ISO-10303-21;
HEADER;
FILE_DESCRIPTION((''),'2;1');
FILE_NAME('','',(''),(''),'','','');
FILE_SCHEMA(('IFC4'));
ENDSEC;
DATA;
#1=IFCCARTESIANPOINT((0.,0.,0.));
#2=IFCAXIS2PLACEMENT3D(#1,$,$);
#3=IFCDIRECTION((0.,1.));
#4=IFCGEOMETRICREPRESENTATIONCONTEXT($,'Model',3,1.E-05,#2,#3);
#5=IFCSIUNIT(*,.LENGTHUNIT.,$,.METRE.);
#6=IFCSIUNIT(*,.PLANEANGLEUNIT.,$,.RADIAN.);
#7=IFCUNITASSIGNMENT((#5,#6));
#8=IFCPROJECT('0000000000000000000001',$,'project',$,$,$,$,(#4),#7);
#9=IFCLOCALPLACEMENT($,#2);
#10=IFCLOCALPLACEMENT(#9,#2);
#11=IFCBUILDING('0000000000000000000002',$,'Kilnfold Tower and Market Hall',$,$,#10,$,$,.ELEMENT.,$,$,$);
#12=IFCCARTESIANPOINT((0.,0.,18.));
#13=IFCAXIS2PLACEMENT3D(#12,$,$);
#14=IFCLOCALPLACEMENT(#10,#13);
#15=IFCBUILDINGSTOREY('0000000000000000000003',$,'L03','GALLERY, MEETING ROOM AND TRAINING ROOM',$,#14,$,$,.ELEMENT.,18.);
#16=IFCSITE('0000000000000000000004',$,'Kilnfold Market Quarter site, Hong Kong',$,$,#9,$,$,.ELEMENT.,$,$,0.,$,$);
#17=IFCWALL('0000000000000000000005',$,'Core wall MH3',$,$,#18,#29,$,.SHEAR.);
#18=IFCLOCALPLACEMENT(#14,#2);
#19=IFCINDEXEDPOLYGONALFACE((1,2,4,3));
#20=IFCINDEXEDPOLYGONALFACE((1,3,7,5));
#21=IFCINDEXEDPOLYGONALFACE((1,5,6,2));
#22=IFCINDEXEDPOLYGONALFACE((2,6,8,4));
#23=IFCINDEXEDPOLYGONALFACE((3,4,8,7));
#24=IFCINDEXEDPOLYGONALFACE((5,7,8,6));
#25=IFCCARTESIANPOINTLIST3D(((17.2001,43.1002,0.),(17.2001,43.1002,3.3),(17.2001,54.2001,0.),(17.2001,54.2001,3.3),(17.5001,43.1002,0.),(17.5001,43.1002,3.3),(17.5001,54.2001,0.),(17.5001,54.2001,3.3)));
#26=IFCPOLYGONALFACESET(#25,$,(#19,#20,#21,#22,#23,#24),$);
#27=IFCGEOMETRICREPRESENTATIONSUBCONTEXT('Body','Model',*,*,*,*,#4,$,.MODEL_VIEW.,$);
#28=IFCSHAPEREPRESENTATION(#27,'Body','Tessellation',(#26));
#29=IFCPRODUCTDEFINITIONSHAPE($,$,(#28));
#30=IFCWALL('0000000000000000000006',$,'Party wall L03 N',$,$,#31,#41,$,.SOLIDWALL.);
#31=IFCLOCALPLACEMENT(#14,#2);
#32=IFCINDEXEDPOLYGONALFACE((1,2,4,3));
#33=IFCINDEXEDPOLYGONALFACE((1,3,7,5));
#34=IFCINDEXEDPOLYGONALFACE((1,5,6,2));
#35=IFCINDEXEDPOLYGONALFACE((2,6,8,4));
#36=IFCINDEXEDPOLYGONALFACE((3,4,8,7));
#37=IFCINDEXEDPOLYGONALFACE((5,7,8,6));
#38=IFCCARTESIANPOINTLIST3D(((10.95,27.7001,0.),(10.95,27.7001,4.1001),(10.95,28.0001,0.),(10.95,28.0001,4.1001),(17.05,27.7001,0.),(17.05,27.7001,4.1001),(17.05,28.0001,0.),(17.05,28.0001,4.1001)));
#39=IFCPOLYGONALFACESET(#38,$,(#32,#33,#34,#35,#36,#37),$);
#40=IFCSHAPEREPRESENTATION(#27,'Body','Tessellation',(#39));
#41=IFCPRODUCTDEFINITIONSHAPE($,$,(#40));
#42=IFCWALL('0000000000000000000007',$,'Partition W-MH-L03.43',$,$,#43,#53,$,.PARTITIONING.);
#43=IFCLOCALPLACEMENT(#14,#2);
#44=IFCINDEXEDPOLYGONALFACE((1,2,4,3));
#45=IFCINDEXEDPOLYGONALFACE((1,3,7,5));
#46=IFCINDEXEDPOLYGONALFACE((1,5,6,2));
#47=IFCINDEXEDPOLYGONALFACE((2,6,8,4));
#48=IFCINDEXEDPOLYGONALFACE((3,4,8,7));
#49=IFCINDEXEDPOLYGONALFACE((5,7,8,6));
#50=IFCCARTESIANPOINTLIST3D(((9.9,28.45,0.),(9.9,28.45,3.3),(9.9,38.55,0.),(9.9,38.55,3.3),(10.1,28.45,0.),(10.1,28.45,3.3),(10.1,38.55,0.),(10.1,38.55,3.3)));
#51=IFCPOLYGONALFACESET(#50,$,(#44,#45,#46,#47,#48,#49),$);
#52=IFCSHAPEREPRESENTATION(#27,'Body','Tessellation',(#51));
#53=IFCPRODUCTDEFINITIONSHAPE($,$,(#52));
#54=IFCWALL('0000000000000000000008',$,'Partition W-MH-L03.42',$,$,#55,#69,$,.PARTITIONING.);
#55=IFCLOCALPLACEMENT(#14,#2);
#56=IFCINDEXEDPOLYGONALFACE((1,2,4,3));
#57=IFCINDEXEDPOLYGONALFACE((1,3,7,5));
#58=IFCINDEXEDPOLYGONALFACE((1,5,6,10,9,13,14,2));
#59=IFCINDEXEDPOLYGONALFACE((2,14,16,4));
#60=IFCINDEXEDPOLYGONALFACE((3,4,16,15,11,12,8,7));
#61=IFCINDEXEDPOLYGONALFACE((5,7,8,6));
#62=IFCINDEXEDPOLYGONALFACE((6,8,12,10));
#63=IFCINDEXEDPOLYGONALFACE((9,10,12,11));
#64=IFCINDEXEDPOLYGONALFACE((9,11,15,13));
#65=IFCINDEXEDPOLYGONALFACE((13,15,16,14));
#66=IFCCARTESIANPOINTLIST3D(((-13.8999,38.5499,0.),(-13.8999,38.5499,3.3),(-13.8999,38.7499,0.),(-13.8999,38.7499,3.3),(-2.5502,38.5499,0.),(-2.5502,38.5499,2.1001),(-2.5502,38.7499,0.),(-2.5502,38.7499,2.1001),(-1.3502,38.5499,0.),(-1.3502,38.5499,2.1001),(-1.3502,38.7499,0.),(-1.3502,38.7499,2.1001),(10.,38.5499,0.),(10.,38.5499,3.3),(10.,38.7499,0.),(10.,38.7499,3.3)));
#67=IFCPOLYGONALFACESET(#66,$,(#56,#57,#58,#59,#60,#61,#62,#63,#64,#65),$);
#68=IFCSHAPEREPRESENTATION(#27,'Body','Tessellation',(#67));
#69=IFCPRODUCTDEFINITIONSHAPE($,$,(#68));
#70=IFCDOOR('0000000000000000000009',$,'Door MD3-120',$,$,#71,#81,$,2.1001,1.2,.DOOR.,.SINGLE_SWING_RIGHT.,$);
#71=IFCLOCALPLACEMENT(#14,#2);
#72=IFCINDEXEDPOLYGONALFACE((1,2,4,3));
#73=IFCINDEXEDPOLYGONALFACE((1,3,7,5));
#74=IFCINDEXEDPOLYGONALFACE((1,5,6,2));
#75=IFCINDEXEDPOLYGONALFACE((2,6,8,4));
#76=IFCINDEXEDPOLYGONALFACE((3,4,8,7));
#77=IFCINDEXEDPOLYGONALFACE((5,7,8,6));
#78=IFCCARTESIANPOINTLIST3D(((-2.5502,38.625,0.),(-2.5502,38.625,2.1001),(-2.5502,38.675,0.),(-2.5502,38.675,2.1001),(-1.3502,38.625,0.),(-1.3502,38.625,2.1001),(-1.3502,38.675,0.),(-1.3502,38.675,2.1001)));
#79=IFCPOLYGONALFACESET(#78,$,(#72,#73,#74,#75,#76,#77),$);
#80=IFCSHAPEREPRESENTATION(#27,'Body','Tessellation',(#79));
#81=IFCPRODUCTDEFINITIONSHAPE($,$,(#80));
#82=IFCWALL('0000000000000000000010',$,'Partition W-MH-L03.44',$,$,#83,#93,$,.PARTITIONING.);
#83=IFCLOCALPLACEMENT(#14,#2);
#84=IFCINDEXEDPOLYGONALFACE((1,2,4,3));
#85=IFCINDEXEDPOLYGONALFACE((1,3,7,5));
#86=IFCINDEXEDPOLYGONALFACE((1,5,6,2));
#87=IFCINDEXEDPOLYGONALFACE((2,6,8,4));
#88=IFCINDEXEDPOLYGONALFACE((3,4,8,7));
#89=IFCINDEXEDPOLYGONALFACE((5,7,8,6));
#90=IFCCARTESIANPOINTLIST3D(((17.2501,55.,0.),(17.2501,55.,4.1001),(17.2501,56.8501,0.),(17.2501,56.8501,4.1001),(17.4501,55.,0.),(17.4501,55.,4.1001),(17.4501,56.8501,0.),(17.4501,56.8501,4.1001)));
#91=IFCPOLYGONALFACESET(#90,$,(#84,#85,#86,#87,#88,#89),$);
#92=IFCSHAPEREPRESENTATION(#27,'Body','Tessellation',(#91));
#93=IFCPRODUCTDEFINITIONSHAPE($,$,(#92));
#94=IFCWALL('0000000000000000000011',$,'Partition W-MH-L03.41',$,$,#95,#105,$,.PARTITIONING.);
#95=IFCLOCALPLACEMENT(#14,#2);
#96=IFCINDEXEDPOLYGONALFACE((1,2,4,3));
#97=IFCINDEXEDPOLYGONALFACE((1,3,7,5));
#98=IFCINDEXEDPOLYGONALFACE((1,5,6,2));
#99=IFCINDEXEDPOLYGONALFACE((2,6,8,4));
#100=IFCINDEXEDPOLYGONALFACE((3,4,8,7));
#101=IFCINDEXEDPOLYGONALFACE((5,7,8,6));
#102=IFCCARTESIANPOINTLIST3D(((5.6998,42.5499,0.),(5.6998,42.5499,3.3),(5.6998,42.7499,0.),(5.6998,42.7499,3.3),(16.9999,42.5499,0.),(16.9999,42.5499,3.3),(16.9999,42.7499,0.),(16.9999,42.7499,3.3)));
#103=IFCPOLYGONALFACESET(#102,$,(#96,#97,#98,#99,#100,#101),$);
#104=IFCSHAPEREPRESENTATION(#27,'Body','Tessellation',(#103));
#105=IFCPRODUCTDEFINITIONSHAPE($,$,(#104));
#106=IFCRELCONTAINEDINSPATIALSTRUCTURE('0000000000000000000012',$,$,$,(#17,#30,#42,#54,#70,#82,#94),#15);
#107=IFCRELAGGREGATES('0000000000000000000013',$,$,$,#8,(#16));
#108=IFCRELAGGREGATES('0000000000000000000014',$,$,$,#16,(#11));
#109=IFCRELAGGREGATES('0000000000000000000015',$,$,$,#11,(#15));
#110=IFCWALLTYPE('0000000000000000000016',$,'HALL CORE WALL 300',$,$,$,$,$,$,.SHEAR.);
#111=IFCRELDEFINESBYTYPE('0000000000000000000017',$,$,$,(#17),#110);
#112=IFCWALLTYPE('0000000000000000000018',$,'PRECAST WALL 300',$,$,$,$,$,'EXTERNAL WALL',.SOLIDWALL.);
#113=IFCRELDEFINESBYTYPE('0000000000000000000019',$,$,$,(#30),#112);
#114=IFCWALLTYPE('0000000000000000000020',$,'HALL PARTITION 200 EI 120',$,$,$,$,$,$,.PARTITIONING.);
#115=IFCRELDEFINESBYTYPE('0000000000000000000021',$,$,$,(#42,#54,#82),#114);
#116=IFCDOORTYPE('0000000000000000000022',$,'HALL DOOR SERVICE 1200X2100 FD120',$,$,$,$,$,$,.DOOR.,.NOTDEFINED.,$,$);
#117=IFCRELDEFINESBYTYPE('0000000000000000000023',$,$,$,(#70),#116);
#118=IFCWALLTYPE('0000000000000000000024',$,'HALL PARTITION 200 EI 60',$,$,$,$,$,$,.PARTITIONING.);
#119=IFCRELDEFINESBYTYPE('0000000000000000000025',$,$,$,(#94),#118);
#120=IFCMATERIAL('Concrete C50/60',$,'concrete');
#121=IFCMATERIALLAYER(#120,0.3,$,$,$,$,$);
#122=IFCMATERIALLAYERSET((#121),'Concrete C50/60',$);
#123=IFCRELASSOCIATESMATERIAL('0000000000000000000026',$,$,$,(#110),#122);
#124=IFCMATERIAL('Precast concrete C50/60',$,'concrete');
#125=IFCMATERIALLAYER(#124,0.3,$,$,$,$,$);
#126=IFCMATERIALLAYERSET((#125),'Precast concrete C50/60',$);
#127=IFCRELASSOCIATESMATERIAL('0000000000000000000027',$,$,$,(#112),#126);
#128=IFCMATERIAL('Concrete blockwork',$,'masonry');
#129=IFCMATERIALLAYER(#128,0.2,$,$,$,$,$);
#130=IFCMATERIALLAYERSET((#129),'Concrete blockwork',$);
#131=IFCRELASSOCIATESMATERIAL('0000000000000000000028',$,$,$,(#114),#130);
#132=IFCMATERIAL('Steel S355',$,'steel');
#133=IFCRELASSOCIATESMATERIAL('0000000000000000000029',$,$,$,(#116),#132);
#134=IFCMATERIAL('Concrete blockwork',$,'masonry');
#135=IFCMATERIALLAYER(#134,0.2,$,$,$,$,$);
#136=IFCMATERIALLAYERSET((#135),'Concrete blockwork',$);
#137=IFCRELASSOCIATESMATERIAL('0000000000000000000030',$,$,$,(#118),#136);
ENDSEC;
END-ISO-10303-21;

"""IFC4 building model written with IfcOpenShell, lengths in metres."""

from ifc_helpers import new_model, si_unit, direction, frame, frame_2d, origin, place, context, subcontext, project, spatial, rectangle, extrude, source, transform, mapped, material, layer, layer_set, type_object, element, fill, save


model = new_model("IFC4")

# Units and contexts
model_context = context("Model", 3, precision=1e-05, world=origin(), true_north=direction((0.0, 1.0)))
body_context = subcontext(model_context, "Body", "Model", "MODEL_VIEW")
ifc_project = project(units=[si_unit("LENGTHUNIT", "METRE"), si_unit("PLANEANGLEUNIT", "RADIAN")], contexts=[model_context])

# Site, building, storey
site_placement = place(None, origin())
site = spatial("IfcSite", under=ifc_project, at=site_placement, Name="Kilnfold Market Quarter site, Hong Kong", CompositionType="ELEMENT", RefElevation=0.0)
building_placement = place(site_placement, origin())
building = spatial("IfcBuilding", under=site, at=building_placement, Name="Kilnfold Tower and Market Hall", CompositionType="ELEMENT")
storey_placement = place(building_placement, frame((0.0, 0.0, 18.0)))
storey = spatial("IfcBuildingStorey", under=building, at=storey_placement, Name="L03", Description="GALLERY, MEETING ROOM AND TRAINING ROOM", CompositionType="ELEMENT", Elevation=18.0)

# Walls
ifc_material_1 = material(Name="Concrete C50/60", Category="concrete")
ifc_layer_1 = layer(ifc_material_1, 0.3)
ifc_layer_set_1 = layer_set([ifc_layer_1], Name="Concrete C50/60")
wall_type_1 = type_object("IfcWallType", Name="HALL CORE WALL 300", PredefinedType="SHEAR", material=ifc_layer_set_1)
shared_shape_1 = source(origin(), body_context, "Body", "SweptSolid", [
    extrude(rectangle(XDim=11.0999, YDim=0.3, at=frame_2d((5.5498, 0.0))), origin(), (0.0, 0.0, 1.0), 3.3),
])
wall_1_placement = place(storey_placement, frame((17.3501, 54.2, 0.0), z_axis=(0.0, 0.0, 1.0), x_axis=(0.0, -1.0, 0.0)))
element("IfcWall", 1, at=wall_1_placement, inside=storey, type_object=wall_type_1, Name="Core wall MH3", PredefinedType="SHEAR", context=body_context, shape_type="MappedRepresentation", body=[
    mapped(shared_shape_1, transform((0.0, 0.0, 0.0))),
])
ifc_material_2 = material(Name="Precast concrete C50/60", Category="concrete")
ifc_layer_2 = layer(ifc_material_2, 0.3)
ifc_layer_set_2 = layer_set([ifc_layer_2], Name="Precast concrete C50/60")
wall_type_2 = type_object("IfcWallType", Name="PRECAST WALL 300", ElementType="EXTERNAL WALL", PredefinedType="SOLIDWALL", material=ifc_layer_set_2)
shared_shape_2 = source(origin(), body_context, "Body", "SweptSolid", [
    extrude(rectangle(XDim=6.1001, YDim=0.3, at=frame_2d((3.05, 0.0))), origin(), (0.0, 0.0, 1.0), 4.1001),
])
wall_2_placement = place(storey_placement, frame((17.05, 27.8501, 0.0), z_axis=(0.0, 0.0, 1.0), x_axis=(-1.0, 0.0, 0.0)))
element("IfcWall", 2, at=wall_2_placement, inside=storey, type_object=wall_type_2, Name="Party wall L03 N", PredefinedType="SOLIDWALL", context=body_context, shape_type="MappedRepresentation", body=[
    mapped(shared_shape_2, transform((0.0, 0.0, 0.0))),
])
ifc_material_3 = material(Name="Concrete blockwork", Category="masonry")
ifc_layer_3 = layer(ifc_material_3, 0.2)
ifc_layer_set_3 = layer_set([ifc_layer_3], Name="Concrete blockwork")
wall_type_3 = type_object("IfcWallType", Name="HALL PARTITION 200 EI 120", PredefinedType="PARTITIONING", material=ifc_layer_set_3)
shared_shape_3 = source(origin(), body_context, "Body", "SweptSolid", [
    extrude(rectangle(XDim=10.1001, YDim=0.2, at=frame_2d((5.05, 0.0))), origin(), (0.0, 0.0, 1.0), 3.3),
])
wall_3_placement = place(storey_placement, frame((10.0, 38.55, 0.0), z_axis=(0.0, 0.0, 1.0), x_axis=(0.0, -1.0, 0.0)))
element("IfcWall", 3, at=wall_3_placement, inside=storey, type_object=wall_type_3, Name="Partition W-MH-L03.43", PredefinedType="PARTITIONING", context=body_context, shape_type="MappedRepresentation", body=[
    mapped(shared_shape_3, transform((0.0, 0.0, 0.0))),
])

# Wall, opening, door
shared_shape_4 = source(origin(), body_context, "Body", "SweptSolid", [
    extrude(rectangle(XDim=23.8999, YDim=0.2, at=frame_2d((11.95, 0.0))), origin(), (0.0, 0.0, 1.0), 3.3),
])
wall_4_placement = place(storey_placement, frame((10.0, 38.6499, 0.0), z_axis=(0.0, 0.0, 1.0), x_axis=(-1.0, 0.0, 0.0)))
wall_4 = element("IfcWall", 4, at=wall_4_placement, inside=storey, type_object=wall_type_3, Name="Partition W-MH-L03.42", PredefinedType="PARTITIONING", context=body_context, shape_type="MappedRepresentation", body=[
    mapped(shared_shape_4, transform((0.0, 0.0, 0.0))),
])
opening_placement = place(wall_4_placement, frame((11.3501, 0.0, 0.0)))
opening = element("IfcOpeningElement", 5, at=opening_placement, cuts=wall_4, PredefinedType="OPENING", context=body_context, shape_type="SweptSolid", body=[
    extrude(rectangle(XDim=1.2, YDim=2.1001, at=frame_2d((0.6001, 1.05))), frame((0.0, 0.1099, 0.0), z_axis=(0.0, -1.0, 0.0), x_axis=(1.0, 0.0, 0.0)), (0.0, 0.0, 1.0), 0.22),
])
ifc_material_4 = material(Name="Steel S355", Category="steel")
door_type = type_object("IfcDoorType", Name="HALL DOOR SERVICE 1200X2100 FD120", OperationType="NOTDEFINED", PredefinedType="DOOR", material=ifc_material_4)
door_placement = place(opening_placement, origin())
door = element("IfcDoor", 6, at=door_placement, inside=storey, type_object=door_type, Name="Door MD3-120", OperationType="SINGLE_SWING_RIGHT", OverallHeight=2.1001, OverallWidth=1.2, PredefinedType="DOOR", context=body_context, shape_type="SweptSolid", body=[
    extrude(rectangle(XDim=1.2, YDim=2.1001, at=frame_2d((0.6001, 1.05))), frame((0.0, 0.0249, 0.0), z_axis=(0.0, -1.0, 0.0), x_axis=(1.0, 0.0, 0.0)), (0.0, 0.0, 1.0), 0.05),
])
fill(opening, door)

# Walls
shared_shape_5 = source(origin(), body_context, "Body", "SweptSolid", [
    extrude(rectangle(XDim=1.8501, YDim=0.2, at=frame_2d((0.925, 0.0))), origin(), (0.0, 0.0, 1.0), 4.1001),
])
wall_5_placement = place(storey_placement, frame((17.3501, 56.8501, 0.0), z_axis=(0.0, 0.0, 1.0), x_axis=(0.0, -1.0, 0.0)))
element("IfcWall", 7, at=wall_5_placement, inside=storey, type_object=wall_type_3, Name="Partition W-MH-L03.44", PredefinedType="PARTITIONING", context=body_context, shape_type="MappedRepresentation", body=[
    mapped(shared_shape_5, transform((0.0, 0.0, 0.0))),
])
ifc_material_5 = material(Name="Concrete blockwork", Category="masonry")
ifc_layer_4 = layer(ifc_material_5, 0.2)
ifc_layer_set_4 = layer_set([ifc_layer_4], Name="Concrete blockwork")
wall_type_4 = type_object("IfcWallType", Name="HALL PARTITION 200 EI 60", PredefinedType="PARTITIONING", material=ifc_layer_set_4)
shared_shape_6 = source(origin(), body_context, "Body", "SweptSolid", [
    extrude(rectangle(XDim=11.3, YDim=0.2, at=frame_2d((5.6499, 0.0))), origin(), (0.0, 0.0, 1.0), 3.3),
])
wall_6_placement = place(storey_placement, frame((5.7, 42.6499, 0.0), z_axis=(0.0, 0.0, 1.0), x_axis=(1.0, 0.0, 0.0)))
element("IfcWall", 8, at=wall_6_placement, inside=storey, type_object=wall_type_4, Name="Partition W-MH-L03.41", PredefinedType="PARTITIONING", context=body_context, shape_type="MappedRepresentation", body=[
    mapped(shared_shape_6, transform((0.0, 0.0, 0.0))),
])

save(model, "model.ifc")
